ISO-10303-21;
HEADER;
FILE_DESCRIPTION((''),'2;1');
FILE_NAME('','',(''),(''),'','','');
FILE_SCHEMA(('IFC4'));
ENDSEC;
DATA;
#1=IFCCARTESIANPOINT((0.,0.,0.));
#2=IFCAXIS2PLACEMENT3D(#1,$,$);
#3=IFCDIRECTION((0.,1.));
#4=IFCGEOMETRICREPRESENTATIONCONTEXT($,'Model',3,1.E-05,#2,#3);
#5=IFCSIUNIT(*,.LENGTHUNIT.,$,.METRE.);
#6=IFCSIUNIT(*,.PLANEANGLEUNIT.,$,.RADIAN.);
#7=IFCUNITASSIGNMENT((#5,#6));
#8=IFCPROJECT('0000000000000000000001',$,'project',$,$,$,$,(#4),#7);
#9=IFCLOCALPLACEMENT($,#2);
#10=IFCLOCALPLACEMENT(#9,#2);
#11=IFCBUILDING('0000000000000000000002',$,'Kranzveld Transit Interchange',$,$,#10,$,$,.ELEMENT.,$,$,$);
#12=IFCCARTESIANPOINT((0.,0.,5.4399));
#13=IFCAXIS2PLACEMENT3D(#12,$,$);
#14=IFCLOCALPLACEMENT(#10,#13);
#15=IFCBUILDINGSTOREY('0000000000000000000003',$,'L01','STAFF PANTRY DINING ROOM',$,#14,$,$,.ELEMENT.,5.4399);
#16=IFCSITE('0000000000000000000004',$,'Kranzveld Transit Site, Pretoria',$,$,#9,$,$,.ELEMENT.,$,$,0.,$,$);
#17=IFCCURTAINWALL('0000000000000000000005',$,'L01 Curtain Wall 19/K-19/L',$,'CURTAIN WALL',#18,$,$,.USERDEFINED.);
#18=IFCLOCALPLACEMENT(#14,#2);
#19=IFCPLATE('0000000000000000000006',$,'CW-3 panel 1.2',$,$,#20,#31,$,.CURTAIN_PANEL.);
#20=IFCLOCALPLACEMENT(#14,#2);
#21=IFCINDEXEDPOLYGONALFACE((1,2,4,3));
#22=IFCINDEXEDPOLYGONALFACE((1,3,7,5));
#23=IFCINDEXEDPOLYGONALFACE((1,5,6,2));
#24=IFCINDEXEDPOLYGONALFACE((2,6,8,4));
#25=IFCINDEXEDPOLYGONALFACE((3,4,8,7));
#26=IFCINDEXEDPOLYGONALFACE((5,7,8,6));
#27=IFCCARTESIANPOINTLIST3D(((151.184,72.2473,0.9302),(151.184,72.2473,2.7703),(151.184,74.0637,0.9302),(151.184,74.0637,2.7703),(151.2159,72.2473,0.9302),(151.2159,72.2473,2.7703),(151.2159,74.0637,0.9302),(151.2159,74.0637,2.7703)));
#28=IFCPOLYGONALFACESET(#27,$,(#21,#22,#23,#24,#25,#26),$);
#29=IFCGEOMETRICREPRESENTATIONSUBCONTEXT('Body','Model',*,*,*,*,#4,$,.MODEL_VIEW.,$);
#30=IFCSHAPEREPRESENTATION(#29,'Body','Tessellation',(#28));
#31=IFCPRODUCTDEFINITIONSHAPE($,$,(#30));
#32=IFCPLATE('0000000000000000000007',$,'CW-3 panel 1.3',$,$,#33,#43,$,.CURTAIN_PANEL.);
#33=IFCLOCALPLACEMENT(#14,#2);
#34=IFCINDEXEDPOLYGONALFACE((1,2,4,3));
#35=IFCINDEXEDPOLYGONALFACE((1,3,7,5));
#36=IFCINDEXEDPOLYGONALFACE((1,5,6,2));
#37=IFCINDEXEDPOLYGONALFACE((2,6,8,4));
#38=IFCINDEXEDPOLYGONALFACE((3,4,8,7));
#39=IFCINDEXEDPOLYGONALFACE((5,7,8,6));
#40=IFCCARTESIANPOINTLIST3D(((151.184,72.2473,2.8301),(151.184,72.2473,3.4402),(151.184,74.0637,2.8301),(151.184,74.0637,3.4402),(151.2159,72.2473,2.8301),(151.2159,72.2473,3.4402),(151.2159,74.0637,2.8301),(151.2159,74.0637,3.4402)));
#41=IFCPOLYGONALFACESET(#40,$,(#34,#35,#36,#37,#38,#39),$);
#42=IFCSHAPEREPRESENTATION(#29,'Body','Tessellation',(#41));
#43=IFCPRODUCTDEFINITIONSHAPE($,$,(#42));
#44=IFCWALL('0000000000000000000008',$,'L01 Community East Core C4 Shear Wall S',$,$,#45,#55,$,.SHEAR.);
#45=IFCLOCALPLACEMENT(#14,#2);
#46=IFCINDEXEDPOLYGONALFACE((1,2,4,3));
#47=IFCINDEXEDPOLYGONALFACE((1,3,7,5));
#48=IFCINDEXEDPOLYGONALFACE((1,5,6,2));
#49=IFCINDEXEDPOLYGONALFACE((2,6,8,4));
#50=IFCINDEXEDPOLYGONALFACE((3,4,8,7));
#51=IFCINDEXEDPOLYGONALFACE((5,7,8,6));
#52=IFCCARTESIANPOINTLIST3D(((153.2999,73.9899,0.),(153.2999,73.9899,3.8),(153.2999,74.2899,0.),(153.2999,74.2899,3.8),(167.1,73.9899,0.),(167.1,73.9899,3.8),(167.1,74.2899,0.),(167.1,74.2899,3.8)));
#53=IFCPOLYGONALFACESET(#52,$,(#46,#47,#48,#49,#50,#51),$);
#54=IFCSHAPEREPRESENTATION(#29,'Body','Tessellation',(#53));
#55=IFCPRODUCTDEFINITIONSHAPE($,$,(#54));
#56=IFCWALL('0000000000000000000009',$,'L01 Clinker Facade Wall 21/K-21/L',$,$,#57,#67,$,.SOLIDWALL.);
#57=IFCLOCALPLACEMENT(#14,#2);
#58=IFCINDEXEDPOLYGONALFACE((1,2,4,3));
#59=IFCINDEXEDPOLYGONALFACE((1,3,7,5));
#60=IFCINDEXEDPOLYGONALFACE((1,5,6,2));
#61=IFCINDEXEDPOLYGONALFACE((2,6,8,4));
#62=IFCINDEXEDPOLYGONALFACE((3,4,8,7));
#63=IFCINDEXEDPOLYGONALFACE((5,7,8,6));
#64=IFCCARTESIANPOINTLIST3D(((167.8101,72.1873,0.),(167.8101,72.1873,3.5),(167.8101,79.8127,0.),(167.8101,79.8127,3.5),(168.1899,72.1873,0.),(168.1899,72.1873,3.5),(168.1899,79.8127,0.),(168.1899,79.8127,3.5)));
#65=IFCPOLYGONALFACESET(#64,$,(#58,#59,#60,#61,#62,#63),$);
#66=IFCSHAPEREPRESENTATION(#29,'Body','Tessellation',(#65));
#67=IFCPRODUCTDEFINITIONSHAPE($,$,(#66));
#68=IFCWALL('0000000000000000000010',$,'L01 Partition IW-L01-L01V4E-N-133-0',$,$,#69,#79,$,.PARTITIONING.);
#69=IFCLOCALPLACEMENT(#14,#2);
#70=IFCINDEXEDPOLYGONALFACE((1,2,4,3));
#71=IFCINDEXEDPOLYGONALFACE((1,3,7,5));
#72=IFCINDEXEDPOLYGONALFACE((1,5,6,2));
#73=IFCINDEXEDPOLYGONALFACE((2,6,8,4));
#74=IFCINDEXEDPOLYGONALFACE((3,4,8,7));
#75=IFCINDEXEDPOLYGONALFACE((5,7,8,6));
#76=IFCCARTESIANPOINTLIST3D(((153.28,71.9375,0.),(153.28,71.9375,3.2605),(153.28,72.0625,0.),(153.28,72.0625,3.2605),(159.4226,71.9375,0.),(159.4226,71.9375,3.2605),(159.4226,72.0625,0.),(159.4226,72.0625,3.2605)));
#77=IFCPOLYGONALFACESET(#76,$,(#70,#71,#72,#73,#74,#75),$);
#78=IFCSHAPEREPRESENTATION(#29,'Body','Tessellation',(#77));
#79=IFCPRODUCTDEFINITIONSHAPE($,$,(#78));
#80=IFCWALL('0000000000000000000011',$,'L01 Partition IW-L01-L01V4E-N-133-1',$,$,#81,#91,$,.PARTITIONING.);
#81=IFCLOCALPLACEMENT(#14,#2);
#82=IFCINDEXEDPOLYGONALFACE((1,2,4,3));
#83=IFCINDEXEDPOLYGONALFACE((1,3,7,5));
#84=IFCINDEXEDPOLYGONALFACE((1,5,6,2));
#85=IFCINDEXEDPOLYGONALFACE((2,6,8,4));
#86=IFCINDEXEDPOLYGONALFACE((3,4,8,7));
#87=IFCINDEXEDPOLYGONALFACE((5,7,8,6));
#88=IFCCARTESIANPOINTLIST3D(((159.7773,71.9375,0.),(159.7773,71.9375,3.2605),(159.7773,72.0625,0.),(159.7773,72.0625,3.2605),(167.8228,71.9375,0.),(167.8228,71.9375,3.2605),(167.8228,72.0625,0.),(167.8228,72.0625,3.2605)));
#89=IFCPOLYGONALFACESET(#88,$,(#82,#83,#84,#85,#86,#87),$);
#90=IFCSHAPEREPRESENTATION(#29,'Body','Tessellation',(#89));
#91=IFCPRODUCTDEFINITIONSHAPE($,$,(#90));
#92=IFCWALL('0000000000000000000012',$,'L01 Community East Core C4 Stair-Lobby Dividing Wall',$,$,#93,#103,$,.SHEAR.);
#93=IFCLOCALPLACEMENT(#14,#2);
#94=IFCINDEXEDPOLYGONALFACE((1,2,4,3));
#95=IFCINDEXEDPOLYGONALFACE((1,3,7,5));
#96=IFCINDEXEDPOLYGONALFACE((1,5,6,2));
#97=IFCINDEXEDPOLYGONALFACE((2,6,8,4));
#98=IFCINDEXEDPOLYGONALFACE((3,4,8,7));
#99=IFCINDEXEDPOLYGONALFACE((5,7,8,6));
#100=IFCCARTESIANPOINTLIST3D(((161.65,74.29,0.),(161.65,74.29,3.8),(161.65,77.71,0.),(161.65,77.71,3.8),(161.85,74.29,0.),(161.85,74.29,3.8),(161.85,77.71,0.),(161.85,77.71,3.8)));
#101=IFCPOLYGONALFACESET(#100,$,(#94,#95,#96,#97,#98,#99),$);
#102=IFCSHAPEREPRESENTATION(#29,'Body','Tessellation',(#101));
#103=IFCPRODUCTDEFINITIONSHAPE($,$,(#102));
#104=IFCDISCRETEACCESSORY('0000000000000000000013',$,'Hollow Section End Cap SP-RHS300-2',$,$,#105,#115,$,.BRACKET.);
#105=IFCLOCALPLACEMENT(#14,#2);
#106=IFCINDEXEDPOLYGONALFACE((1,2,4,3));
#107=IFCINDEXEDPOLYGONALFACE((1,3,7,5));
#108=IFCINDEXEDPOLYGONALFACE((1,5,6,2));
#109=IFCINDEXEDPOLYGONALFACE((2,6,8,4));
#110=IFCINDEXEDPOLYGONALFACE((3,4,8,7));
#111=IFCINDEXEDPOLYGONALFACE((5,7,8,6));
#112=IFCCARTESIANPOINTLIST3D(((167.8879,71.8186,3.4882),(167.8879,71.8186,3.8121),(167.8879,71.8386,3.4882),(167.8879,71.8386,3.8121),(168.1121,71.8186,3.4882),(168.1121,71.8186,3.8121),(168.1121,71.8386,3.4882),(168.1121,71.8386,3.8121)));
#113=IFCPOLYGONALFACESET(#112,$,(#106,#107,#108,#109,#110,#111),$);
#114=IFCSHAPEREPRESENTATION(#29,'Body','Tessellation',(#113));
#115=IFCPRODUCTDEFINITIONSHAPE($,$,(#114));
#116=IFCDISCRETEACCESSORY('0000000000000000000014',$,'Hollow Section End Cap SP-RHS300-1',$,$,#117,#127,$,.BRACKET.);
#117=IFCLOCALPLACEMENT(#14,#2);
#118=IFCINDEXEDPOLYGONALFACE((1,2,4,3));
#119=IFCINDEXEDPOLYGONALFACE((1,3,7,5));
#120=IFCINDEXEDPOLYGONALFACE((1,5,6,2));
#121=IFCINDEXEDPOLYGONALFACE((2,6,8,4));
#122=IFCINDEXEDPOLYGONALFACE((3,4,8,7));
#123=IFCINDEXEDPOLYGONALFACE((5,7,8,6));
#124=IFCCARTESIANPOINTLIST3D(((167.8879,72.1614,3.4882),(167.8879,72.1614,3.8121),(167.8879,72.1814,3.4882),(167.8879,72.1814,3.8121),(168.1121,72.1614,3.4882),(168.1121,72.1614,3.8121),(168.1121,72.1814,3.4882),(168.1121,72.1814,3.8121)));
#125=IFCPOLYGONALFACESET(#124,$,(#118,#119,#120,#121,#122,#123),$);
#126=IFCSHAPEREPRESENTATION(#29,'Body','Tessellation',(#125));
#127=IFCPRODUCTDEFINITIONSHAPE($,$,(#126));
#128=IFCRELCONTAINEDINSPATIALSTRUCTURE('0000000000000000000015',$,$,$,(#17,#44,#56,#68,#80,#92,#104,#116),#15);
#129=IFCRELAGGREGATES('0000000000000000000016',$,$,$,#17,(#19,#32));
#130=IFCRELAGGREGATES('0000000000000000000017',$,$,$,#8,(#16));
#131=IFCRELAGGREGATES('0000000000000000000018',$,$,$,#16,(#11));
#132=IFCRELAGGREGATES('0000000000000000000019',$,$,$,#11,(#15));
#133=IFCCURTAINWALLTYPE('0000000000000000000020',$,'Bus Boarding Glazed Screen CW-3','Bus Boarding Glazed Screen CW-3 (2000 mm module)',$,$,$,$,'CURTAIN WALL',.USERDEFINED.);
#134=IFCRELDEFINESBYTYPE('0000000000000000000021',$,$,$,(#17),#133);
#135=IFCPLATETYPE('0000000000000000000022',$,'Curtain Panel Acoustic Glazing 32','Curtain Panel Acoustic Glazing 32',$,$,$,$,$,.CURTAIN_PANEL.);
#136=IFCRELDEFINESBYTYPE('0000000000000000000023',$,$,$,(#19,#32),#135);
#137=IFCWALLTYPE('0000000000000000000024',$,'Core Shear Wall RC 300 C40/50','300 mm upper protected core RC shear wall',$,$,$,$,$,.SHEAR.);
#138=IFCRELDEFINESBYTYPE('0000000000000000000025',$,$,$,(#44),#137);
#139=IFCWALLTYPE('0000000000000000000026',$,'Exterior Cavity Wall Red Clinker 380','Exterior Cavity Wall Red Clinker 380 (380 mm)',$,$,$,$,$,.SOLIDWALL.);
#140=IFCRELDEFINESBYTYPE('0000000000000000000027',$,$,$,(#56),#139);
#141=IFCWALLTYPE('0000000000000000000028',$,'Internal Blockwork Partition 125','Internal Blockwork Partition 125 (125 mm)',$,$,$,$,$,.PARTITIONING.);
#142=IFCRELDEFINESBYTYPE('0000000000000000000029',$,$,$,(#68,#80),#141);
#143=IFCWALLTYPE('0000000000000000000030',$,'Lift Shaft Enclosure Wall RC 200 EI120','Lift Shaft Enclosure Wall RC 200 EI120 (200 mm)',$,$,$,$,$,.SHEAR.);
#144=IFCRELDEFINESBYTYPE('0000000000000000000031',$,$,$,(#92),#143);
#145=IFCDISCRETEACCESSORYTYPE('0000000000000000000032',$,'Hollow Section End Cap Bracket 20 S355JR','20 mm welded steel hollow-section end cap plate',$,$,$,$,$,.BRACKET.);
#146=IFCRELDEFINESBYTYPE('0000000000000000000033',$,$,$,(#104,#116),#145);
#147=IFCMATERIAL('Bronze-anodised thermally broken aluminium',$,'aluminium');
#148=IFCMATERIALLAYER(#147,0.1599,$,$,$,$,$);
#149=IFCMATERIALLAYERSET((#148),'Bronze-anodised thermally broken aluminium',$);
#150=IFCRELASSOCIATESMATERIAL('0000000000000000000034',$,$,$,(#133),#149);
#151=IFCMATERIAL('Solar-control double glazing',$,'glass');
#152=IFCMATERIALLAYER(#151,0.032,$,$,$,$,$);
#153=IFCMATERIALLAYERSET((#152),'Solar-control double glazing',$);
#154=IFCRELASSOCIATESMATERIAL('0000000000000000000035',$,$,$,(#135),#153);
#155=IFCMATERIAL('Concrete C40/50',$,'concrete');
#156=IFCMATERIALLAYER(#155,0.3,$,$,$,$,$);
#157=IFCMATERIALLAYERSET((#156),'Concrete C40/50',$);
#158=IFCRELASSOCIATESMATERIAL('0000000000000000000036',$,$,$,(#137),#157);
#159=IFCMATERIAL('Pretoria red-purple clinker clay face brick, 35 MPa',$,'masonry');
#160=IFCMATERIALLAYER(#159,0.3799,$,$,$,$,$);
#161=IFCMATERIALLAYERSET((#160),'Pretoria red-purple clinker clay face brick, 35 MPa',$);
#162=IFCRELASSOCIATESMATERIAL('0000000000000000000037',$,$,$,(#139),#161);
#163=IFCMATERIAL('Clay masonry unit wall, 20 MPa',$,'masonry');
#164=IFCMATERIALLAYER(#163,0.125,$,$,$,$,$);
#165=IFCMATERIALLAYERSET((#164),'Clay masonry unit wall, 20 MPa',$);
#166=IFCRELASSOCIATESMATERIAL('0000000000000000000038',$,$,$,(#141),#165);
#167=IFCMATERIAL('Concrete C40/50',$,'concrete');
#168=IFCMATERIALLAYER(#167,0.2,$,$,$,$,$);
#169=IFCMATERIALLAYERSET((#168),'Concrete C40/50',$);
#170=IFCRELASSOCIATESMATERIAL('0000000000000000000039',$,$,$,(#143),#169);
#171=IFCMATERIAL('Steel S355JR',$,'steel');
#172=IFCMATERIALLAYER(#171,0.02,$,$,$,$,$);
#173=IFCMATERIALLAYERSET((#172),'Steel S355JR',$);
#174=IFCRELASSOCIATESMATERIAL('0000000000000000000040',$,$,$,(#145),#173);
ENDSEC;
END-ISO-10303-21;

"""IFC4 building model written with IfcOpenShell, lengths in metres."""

from ifc_helpers import new_model, si_unit, direction, frame, frame_2d, origin, origin_2d, place, context, subcontext, project, spatial, rectangle, extrude, material, layer, layer_set, type_object, element, aggregate, save


model = new_model("IFC4")

# Units and contexts
model_context = context("Model", 3, precision=1e-05, world=origin(), true_north=direction((0.0, 1.0)))
body_context = subcontext(model_context, "Body", "Model", "MODEL_VIEW")
ifc_project = project(units=[si_unit("LENGTHUNIT", "METRE"), si_unit("PLANEANGLEUNIT", "RADIAN")], contexts=[model_context])

# Site, building, storey
site_placement = place(None, origin())
site = spatial("IfcSite", under=ifc_project, at=site_placement, Name="Kranzveld Transit Site, Pretoria", CompositionType="ELEMENT", RefElevation=0.0)
building_placement = place(site_placement, origin())
building = spatial("IfcBuilding", under=site, at=building_placement, Name="Kranzveld Transit Interchange", CompositionType="ELEMENT")
storey_placement = place(building_placement, frame((0.0, 0.0, 5.4399)))
storey = spatial("IfcBuildingStorey", under=building, at=storey_placement, Name="L01", Description="STAFF PANTRY DINING ROOM", CompositionType="ELEMENT", Elevation=5.4399)

# Curtain wall
ifc_material_1 = material(Name="Bronze-anodised thermally broken aluminium", Category="aluminium")
ifc_layer_1 = layer(ifc_material_1, 0.1599)
ifc_layer_set_1 = layer_set([ifc_layer_1], Name="Bronze-anodised thermally broken aluminium")
curtain_wall_type = type_object("IfcCurtainWallType", Name="Bus Boarding Glazed Screen CW-3", Description="Bus Boarding Glazed Screen CW-3 (2000 mm module)", ElementType="CURTAIN WALL", PredefinedType="USERDEFINED", material=ifc_layer_set_1)
curtain_wall_placement = place(storey_placement, origin())
curtain_wall = element("IfcCurtainWall", 1, at=curtain_wall_placement, inside=storey, type_object=curtain_wall_type, Name="L01 Curtain Wall 19/K-19/L", ObjectType="CURTAIN WALL", PredefinedType="USERDEFINED")

# Plates
ifc_material_2 = material(Name="Solar-control double glazing", Category="glass")
ifc_layer_2 = layer(ifc_material_2, 0.032)
ifc_layer_set_2 = layer_set([ifc_layer_2], Name="Solar-control double glazing")
plate_type = type_object("IfcPlateType", Name="Curtain Panel Acoustic Glazing 32", Description="Curtain Panel Acoustic Glazing 32", PredefinedType="CURTAIN_PANEL", material=ifc_layer_set_2)
plate_1_placement = place(storey_placement, frame((151.2, 73.1555, 0.9302), z_axis=(0.0, 0.0, 1.0), x_axis=(0.0, 1.0, 0.0)))
plate_1 = element("IfcPlate", 2, at=plate_1_placement, type_object=plate_type, Name="CW-3 panel 1.2", PredefinedType="CURTAIN_PANEL", context=body_context, shape_type="SweptSolid", body=[
    extrude(rectangle(XDim=1.8164, YDim=0.032, at=origin_2d()), origin(), (0.0, 0.0, 1.0), 1.8401),
])
plate_2_placement = place(storey_placement, frame((151.2, 73.1555, 2.8301), z_axis=(0.0, 0.0, 1.0), x_axis=(0.0, 1.0, 0.0)))
plate_2 = element("IfcPlate", 3, at=plate_2_placement, type_object=plate_type, Name="CW-3 panel 1.3", PredefinedType="CURTAIN_PANEL", context=body_context, shape_type="SweptSolid", body=[
    extrude(rectangle(XDim=1.8164, YDim=0.032, at=origin_2d()), origin(), (0.0, 0.0, 1.0), 0.6101),
])
aggregate(curtain_wall, [plate_1, plate_2])

# Walls
ifc_material_3 = material(Name="Concrete C40/50", Category="concrete")
ifc_layer_3 = layer(ifc_material_3, 0.3)
ifc_layer_set_3 = layer_set([ifc_layer_3], Name="Concrete C40/50")
wall_type_1 = type_object("IfcWallType", Name="Core Shear Wall RC 300 C40/50", Description="300 mm upper protected core RC shear wall", PredefinedType="SHEAR", material=ifc_layer_set_3)
wall_1_placement = place(storey_placement, frame((153.3, 74.1399, 0.0), z_axis=(0.0, 0.0, 1.0), x_axis=(1.0, 0.0, 0.0)))
element("IfcWall", 4, at=wall_1_placement, inside=storey, type_object=wall_type_1, Name="L01 Community East Core C4 Shear Wall S", PredefinedType="SHEAR", context=body_context, shape_type="SweptSolid", body=[
    extrude(rectangle(XDim=13.8, YDim=0.3, at=frame_2d((6.8999, 0.0))), origin(), (0.0, 0.0, 1.0), 3.8),
])
ifc_material_4 = material(Name="Pretoria red-purple clinker clay face brick, 35 MPa", Category="masonry")
ifc_layer_4 = layer(ifc_material_4, 0.3799)
ifc_layer_set_4 = layer_set([ifc_layer_4], Name="Pretoria red-purple clinker clay face brick, 35 MPa")
wall_type_2 = type_object("IfcWallType", Name="Exterior Cavity Wall Red Clinker 380", Description="Exterior Cavity Wall Red Clinker 380 (380 mm)", PredefinedType="SOLIDWALL", material=ifc_layer_set_4)
wall_2_placement = place(storey_placement, frame((168.0, 72.1873, 0.0), z_axis=(0.0, 0.0, 1.0), x_axis=(0.0, 1.0, 0.0)))
element("IfcWall", 5, at=wall_2_placement, inside=storey, type_object=wall_type_2, Name="L01 Clinker Facade Wall 21/K-21/L", PredefinedType="SOLIDWALL", context=body_context, shape_type="SweptSolid", body=[
    extrude(rectangle(XDim=7.6255, YDim=0.3799, at=frame_2d((3.8127, 0.0))), origin(), (0.0, 0.0, 1.0), 3.5),
])
ifc_material_5 = material(Name="Clay masonry unit wall, 20 MPa", Category="masonry")
ifc_layer_5 = layer(ifc_material_5, 0.125)
ifc_layer_set_5 = layer_set([ifc_layer_5], Name="Clay masonry unit wall, 20 MPa")
wall_type_3 = type_object("IfcWallType", Name="Internal Blockwork Partition 125", Description="Internal Blockwork Partition 125 (125 mm)", PredefinedType="PARTITIONING", material=ifc_layer_set_5)
wall_3_placement = place(storey_placement, frame((153.28, 72.0, 0.0), z_axis=(0.0, 0.0, 1.0), x_axis=(1.0, 0.0, 0.0)))
element("IfcWall", 6, at=wall_3_placement, inside=storey, type_object=wall_type_3, Name="L01 Partition IW-L01-L01V4E-N-133-0", PredefinedType="PARTITIONING", context=body_context, shape_type="SweptSolid", body=[
    extrude(rectangle(XDim=6.1426, YDim=0.125, at=frame_2d((3.0713, 0.0))), origin(), (0.0, 0.0, 1.0), 3.2605),
])
wall_4_placement = place(storey_placement, frame((159.7773, 72.0, 0.0), z_axis=(0.0, 0.0, 1.0), x_axis=(1.0, 0.0, 0.0)))
element("IfcWall", 7, at=wall_4_placement, inside=storey, type_object=wall_type_3, Name="L01 Partition IW-L01-L01V4E-N-133-1", PredefinedType="PARTITIONING", context=body_context, shape_type="SweptSolid", body=[
    extrude(rectangle(XDim=8.0454, YDim=0.125, at=frame_2d((4.0227, 0.0))), origin(), (0.0, 0.0, 1.0), 3.2605),
])
ifc_material_6 = material(Name="Concrete C40/50", Category="concrete")
ifc_layer_6 = layer(ifc_material_6, 0.2)
ifc_layer_set_6 = layer_set([ifc_layer_6], Name="Concrete C40/50")
wall_type_4 = type_object("IfcWallType", Name="Lift Shaft Enclosure Wall RC 200 EI120", Description="Lift Shaft Enclosure Wall RC 200 EI120 (200 mm)", PredefinedType="SHEAR", material=ifc_layer_set_6)
wall_5_placement = place(storey_placement, frame((161.75, 74.29, 0.0), z_axis=(0.0, 0.0, 1.0), x_axis=(0.0, 1.0, 0.0)))
element("IfcWall", 8, at=wall_5_placement, inside=storey, type_object=wall_type_4, Name="L01 Community East Core C4 Stair-Lobby Dividing Wall", PredefinedType="SHEAR", context=body_context, shape_type="SweptSolid", body=[
    extrude(rectangle(XDim=3.4199, YDim=0.2, at=frame_2d((1.71, 0.0))), origin(), (0.0, 0.0, 1.0), 3.8),
])

# Discrete accessories
ifc_material_7 = material(Name="Steel S355JR", Category="steel")
ifc_layer_7 = layer(ifc_material_7, 0.02)
ifc_layer_set_7 = layer_set([ifc_layer_7], Name="Steel S355JR")
discrete_accessory_type = type_object("IfcDiscreteAccessoryType", Name="Hollow Section End Cap Bracket 20 S355JR", Description="20 mm welded steel hollow-section end cap plate", PredefinedType="BRACKET", material=ifc_layer_set_7)
for number, where, z_axis, x_axis, name in (
    (9, (168.0, 71.8186, 3.6501), (0.0, 1.0, 0.0), (-1.0, 0.0, 0.0), "Hollow Section End Cap SP-RHS300-2"),
    (10, (168.0, 72.1814, 3.6501), (0.0, -1.0, 0.0), (1.0, 0.0, 0.0), "Hollow Section End Cap SP-RHS300-1"),
):
    element("IfcDiscreteAccessory", number, at=place(storey_placement, frame(where, z_axis=z_axis, x_axis=x_axis)), inside=storey, type_object=discrete_accessory_type, Name=name, PredefinedType="BRACKET", context=body_context, shape_type="SweptSolid", body=[
        extrude(rectangle(XDim=0.2241, YDim=0.324, at=origin_2d()), origin(), (0.0, 0.0, 1.0), 0.02),
    ])

save(model, "model.ifc")
